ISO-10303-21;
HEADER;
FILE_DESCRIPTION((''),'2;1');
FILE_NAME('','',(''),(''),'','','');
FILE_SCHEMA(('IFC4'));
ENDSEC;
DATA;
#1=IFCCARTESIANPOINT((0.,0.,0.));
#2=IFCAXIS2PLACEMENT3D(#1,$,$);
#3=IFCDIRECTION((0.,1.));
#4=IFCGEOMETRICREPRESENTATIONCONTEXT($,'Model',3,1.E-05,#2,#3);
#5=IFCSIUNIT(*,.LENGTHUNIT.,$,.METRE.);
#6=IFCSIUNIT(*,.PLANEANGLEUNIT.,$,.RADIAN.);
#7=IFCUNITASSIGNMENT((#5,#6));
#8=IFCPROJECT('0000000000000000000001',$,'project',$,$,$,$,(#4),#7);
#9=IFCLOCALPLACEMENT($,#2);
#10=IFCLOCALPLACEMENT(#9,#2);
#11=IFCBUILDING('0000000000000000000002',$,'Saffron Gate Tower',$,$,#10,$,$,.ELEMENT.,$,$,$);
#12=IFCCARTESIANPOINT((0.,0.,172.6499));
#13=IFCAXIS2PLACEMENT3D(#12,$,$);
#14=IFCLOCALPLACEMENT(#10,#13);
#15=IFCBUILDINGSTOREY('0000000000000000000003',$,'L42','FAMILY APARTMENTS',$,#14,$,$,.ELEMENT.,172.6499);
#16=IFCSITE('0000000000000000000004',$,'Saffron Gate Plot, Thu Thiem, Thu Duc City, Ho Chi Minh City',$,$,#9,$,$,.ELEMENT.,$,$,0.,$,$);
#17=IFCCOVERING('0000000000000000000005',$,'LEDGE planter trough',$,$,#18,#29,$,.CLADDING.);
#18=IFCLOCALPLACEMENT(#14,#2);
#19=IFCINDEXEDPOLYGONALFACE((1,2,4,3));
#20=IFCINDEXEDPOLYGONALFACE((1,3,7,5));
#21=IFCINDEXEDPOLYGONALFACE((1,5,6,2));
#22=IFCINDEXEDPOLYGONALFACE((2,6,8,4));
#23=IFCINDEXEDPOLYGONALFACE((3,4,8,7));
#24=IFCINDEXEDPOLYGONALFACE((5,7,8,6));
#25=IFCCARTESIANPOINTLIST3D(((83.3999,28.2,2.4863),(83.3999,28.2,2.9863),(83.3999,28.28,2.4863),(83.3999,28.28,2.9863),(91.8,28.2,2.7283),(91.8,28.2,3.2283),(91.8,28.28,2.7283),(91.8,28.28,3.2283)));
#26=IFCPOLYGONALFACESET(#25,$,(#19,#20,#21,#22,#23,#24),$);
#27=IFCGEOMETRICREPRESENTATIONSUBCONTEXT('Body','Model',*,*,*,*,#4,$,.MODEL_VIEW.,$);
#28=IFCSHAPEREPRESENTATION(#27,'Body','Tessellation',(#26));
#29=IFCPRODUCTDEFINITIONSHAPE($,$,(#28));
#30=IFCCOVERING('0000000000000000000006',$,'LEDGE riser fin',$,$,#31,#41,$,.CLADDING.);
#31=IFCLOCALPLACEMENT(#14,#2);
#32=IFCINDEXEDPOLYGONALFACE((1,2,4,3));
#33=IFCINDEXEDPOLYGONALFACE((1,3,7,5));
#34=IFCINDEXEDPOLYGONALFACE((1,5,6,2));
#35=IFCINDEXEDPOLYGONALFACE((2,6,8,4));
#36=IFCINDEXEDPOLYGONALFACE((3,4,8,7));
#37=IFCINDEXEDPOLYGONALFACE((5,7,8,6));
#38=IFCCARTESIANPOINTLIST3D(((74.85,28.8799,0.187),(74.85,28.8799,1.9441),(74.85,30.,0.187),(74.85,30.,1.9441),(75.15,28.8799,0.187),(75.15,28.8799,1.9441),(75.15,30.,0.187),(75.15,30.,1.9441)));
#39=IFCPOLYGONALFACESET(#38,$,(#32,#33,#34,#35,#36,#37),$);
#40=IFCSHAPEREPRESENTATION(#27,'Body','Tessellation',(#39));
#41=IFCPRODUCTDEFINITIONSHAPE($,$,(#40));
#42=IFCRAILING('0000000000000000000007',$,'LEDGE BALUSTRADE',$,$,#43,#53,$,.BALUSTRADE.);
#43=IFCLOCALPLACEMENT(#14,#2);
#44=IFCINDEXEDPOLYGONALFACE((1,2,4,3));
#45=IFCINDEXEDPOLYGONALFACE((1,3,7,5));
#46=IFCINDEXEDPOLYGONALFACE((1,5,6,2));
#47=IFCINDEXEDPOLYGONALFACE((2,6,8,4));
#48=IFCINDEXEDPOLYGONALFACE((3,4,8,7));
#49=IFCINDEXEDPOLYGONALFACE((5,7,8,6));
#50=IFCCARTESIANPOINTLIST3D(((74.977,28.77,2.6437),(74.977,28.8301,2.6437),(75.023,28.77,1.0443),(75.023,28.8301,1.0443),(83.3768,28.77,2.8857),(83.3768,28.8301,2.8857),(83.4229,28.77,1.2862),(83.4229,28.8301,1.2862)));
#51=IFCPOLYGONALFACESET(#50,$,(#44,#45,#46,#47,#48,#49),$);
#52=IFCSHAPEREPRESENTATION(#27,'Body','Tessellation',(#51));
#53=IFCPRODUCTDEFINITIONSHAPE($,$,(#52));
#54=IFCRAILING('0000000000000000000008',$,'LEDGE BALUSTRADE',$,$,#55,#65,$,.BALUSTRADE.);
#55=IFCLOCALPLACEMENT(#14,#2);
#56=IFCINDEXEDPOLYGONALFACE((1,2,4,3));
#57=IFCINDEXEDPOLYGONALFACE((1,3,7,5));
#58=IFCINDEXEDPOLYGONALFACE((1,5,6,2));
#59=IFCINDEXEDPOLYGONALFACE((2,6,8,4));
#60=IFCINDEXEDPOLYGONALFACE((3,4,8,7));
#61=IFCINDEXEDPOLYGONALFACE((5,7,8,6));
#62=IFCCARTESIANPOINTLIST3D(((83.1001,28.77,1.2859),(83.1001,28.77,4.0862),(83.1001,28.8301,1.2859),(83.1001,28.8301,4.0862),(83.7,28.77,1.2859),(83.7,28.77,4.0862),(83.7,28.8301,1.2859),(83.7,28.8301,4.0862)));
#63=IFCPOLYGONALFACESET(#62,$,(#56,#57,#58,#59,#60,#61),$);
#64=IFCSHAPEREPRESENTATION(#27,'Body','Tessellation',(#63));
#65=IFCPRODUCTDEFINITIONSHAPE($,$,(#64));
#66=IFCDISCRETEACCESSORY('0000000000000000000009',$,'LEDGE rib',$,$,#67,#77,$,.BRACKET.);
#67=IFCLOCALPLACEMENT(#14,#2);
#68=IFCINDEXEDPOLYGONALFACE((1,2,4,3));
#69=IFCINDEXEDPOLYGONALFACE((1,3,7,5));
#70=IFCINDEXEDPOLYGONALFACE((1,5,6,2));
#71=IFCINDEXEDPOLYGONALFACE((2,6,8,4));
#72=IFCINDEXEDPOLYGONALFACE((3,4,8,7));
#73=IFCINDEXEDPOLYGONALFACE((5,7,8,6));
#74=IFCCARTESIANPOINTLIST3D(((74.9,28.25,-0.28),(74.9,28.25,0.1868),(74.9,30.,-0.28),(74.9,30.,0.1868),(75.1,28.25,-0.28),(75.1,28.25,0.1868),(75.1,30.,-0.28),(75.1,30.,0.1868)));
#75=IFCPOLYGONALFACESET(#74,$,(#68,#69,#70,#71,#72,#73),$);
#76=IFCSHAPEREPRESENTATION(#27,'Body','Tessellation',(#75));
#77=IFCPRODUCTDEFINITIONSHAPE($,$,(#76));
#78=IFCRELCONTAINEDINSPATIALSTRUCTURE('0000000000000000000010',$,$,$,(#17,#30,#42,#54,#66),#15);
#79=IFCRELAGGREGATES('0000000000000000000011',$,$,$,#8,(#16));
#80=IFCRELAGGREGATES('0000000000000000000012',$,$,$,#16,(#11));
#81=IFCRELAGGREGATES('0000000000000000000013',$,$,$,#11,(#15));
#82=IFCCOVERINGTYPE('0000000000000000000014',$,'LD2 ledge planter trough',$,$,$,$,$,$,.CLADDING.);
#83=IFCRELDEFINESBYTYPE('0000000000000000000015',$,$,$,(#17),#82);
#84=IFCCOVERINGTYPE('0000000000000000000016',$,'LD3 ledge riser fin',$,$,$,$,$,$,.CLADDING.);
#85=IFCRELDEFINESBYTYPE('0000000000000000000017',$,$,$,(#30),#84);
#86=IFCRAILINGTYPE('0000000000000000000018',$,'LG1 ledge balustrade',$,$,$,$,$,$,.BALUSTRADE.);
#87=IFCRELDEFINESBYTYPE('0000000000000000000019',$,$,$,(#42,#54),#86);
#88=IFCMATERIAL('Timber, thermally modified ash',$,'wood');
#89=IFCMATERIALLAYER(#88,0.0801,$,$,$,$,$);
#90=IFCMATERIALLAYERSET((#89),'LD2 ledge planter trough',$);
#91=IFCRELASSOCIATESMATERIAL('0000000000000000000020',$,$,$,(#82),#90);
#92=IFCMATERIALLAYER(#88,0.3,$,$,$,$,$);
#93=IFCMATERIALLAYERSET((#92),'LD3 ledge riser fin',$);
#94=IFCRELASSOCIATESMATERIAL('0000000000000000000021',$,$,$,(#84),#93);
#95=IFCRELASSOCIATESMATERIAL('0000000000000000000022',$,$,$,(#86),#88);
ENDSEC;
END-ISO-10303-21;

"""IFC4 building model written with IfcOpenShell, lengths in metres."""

from ifc_helpers import new_model, si_unit, direction, frame, origin, origin_2d, place, context, subcontext, project, spatial, polyline, rectangle, outline, extrude, material, layer, layer_set, type_object, element, save


model = new_model("IFC4")

# Units and contexts
model_context = context("Model", 3, precision=1e-05, world=origin(), true_north=direction((0.0, 1.0)))
body_context = subcontext(model_context, "Body", "Model", "MODEL_VIEW")
ifc_project = project(units=[si_unit("LENGTHUNIT", "METRE"), si_unit("PLANEANGLEUNIT", "RADIAN")], contexts=[model_context])

# Site, building, storey
site_placement = place(None, origin())
site = spatial("IfcSite", under=ifc_project, at=site_placement, Name="Saffron Gate Plot, Thu Thiem, Thu Duc City, Ho Chi Minh City", CompositionType="ELEMENT", RefElevation=0.0)
building_placement = place(site_placement, origin())
building = spatial("IfcBuilding", under=site, at=building_placement, Name="Saffron Gate Tower", CompositionType="ELEMENT")
storey_placement = place(building_placement, frame((0.0, 0.0, 172.6499)))
storey = spatial("IfcBuildingStorey", under=building, at=storey_placement, Name="L42", Description="FAMILY APARTMENTS", CompositionType="ELEMENT", Elevation=172.6499)

# Coverings
ifc_material_1 = material(Name="Timber, thermally modified ash", Category="wood")
ifc_layer_1 = layer(ifc_material_1, 0.0801)
ifc_layer_set_1 = layer_set([ifc_layer_1], Name="LD2 ledge planter trough")
covering_type_1 = type_object("IfcCoveringType", Name="LD2 ledge planter trough", PredefinedType="CLADDING", material=ifc_layer_set_1)
covering_1_placement = place(storey_placement, frame((83.3999, 28.2, 2.4863), z_axis=(0.0, -1.0, 0.0), x_axis=(0.999585, 0.0, 0.02879)))
element("IfcCovering", 1, at=covering_1_placement, inside=storey, type_object=covering_type_1, Name="LEDGE planter trough", PredefinedType="CLADDING", context=body_context, shape_type="SweptSolid", body=[
    extrude(outline(polyline([(0.0, 0.0), (8.4036, 0.0), (8.418, 0.4998), (0.0144, 0.4998), (0.0, 0.0)])), origin(), (0.0, 0.0, -1.0), 0.0801),
])
ifc_layer_2 = layer(ifc_material_1, 0.3)
ifc_layer_set_2 = layer_set([ifc_layer_2], Name="LD3 ledge riser fin")
covering_type_2 = type_object("IfcCoveringType", Name="LD3 ledge riser fin", PredefinedType="CLADDING", material=ifc_layer_set_2)
covering_2_placement = place(storey_placement, frame((75.0, 29.4399, 0.187), z_axis=(0.0, 0.0, 1.0), x_axis=(1.0, 0.0, 0.0)))
element("IfcCovering", 2, at=covering_2_placement, inside=storey, type_object=covering_type_2, Name="LEDGE riser fin", PredefinedType="CLADDING", context=body_context, shape_type="SweptSolid", body=[
    extrude(rectangle(XDim=0.3, YDim=1.1201, at=origin_2d()), origin(), (0.0, 0.0, 1.0), 1.7571),
])

# Railings
railing_type = type_object("IfcRailingType", Name="LG1 ledge balustrade", PredefinedType="BALUSTRADE", material=ifc_material_1)
railing_1_placement = place(storey_placement, frame((75.0, 28.8, 1.0439)))
element("IfcRailing", 3, at=railing_1_placement, inside=storey, type_object=railing_type, Name="LEDGE BALUSTRADE", PredefinedType="BALUSTRADE", context=body_context, shape_type="SweptSolid", body=[
    extrude(rectangle(XDim=0.0601, YDim=1.6001, at=origin_2d()), frame((0.0, 0.0, 0.8), z_axis=(0.999585, 0.0, 0.028791), x_axis=(0.0, 1.0, 0.0)), (0.0, 0.0, 1.0), 8.4033),
])
railing_2_placement = place(storey_placement, frame((83.1001, 28.8, 1.2859)))
element("IfcRailing", 4, at=railing_2_placement, inside=storey, type_object=railing_type, Name="LEDGE BALUSTRADE", PredefinedType="BALUSTRADE", context=body_context, shape_type="SweptSolid", body=[
    extrude(rectangle(XDim=0.0601, YDim=2.8003, at=origin_2d()), frame((0.0, 0.0, 1.4001), z_axis=(1.0, 0.0, 0.0), x_axis=(0.0, 1.0, 0.0)), (0.0, 0.0, 1.0), 0.5999),
])

# Discrete accessory
discrete_accessory_placement = place(storey_placement, frame((75.0, 29.125, -0.28), z_axis=(0.0, 0.0, 1.0), x_axis=(1.0, 0.0, 0.0)))
element("IfcDiscreteAccessory", 5, at=discrete_accessory_placement, inside=storey, Name="LEDGE rib", PredefinedType="BRACKET", context=body_context, shape_type="SweptSolid", body=[
    extrude(rectangle(XDim=0.2, YDim=1.75, at=origin_2d()), origin(), (0.0, 0.0, 1.0), 0.4668),
])

save(model, "model.ifc")
